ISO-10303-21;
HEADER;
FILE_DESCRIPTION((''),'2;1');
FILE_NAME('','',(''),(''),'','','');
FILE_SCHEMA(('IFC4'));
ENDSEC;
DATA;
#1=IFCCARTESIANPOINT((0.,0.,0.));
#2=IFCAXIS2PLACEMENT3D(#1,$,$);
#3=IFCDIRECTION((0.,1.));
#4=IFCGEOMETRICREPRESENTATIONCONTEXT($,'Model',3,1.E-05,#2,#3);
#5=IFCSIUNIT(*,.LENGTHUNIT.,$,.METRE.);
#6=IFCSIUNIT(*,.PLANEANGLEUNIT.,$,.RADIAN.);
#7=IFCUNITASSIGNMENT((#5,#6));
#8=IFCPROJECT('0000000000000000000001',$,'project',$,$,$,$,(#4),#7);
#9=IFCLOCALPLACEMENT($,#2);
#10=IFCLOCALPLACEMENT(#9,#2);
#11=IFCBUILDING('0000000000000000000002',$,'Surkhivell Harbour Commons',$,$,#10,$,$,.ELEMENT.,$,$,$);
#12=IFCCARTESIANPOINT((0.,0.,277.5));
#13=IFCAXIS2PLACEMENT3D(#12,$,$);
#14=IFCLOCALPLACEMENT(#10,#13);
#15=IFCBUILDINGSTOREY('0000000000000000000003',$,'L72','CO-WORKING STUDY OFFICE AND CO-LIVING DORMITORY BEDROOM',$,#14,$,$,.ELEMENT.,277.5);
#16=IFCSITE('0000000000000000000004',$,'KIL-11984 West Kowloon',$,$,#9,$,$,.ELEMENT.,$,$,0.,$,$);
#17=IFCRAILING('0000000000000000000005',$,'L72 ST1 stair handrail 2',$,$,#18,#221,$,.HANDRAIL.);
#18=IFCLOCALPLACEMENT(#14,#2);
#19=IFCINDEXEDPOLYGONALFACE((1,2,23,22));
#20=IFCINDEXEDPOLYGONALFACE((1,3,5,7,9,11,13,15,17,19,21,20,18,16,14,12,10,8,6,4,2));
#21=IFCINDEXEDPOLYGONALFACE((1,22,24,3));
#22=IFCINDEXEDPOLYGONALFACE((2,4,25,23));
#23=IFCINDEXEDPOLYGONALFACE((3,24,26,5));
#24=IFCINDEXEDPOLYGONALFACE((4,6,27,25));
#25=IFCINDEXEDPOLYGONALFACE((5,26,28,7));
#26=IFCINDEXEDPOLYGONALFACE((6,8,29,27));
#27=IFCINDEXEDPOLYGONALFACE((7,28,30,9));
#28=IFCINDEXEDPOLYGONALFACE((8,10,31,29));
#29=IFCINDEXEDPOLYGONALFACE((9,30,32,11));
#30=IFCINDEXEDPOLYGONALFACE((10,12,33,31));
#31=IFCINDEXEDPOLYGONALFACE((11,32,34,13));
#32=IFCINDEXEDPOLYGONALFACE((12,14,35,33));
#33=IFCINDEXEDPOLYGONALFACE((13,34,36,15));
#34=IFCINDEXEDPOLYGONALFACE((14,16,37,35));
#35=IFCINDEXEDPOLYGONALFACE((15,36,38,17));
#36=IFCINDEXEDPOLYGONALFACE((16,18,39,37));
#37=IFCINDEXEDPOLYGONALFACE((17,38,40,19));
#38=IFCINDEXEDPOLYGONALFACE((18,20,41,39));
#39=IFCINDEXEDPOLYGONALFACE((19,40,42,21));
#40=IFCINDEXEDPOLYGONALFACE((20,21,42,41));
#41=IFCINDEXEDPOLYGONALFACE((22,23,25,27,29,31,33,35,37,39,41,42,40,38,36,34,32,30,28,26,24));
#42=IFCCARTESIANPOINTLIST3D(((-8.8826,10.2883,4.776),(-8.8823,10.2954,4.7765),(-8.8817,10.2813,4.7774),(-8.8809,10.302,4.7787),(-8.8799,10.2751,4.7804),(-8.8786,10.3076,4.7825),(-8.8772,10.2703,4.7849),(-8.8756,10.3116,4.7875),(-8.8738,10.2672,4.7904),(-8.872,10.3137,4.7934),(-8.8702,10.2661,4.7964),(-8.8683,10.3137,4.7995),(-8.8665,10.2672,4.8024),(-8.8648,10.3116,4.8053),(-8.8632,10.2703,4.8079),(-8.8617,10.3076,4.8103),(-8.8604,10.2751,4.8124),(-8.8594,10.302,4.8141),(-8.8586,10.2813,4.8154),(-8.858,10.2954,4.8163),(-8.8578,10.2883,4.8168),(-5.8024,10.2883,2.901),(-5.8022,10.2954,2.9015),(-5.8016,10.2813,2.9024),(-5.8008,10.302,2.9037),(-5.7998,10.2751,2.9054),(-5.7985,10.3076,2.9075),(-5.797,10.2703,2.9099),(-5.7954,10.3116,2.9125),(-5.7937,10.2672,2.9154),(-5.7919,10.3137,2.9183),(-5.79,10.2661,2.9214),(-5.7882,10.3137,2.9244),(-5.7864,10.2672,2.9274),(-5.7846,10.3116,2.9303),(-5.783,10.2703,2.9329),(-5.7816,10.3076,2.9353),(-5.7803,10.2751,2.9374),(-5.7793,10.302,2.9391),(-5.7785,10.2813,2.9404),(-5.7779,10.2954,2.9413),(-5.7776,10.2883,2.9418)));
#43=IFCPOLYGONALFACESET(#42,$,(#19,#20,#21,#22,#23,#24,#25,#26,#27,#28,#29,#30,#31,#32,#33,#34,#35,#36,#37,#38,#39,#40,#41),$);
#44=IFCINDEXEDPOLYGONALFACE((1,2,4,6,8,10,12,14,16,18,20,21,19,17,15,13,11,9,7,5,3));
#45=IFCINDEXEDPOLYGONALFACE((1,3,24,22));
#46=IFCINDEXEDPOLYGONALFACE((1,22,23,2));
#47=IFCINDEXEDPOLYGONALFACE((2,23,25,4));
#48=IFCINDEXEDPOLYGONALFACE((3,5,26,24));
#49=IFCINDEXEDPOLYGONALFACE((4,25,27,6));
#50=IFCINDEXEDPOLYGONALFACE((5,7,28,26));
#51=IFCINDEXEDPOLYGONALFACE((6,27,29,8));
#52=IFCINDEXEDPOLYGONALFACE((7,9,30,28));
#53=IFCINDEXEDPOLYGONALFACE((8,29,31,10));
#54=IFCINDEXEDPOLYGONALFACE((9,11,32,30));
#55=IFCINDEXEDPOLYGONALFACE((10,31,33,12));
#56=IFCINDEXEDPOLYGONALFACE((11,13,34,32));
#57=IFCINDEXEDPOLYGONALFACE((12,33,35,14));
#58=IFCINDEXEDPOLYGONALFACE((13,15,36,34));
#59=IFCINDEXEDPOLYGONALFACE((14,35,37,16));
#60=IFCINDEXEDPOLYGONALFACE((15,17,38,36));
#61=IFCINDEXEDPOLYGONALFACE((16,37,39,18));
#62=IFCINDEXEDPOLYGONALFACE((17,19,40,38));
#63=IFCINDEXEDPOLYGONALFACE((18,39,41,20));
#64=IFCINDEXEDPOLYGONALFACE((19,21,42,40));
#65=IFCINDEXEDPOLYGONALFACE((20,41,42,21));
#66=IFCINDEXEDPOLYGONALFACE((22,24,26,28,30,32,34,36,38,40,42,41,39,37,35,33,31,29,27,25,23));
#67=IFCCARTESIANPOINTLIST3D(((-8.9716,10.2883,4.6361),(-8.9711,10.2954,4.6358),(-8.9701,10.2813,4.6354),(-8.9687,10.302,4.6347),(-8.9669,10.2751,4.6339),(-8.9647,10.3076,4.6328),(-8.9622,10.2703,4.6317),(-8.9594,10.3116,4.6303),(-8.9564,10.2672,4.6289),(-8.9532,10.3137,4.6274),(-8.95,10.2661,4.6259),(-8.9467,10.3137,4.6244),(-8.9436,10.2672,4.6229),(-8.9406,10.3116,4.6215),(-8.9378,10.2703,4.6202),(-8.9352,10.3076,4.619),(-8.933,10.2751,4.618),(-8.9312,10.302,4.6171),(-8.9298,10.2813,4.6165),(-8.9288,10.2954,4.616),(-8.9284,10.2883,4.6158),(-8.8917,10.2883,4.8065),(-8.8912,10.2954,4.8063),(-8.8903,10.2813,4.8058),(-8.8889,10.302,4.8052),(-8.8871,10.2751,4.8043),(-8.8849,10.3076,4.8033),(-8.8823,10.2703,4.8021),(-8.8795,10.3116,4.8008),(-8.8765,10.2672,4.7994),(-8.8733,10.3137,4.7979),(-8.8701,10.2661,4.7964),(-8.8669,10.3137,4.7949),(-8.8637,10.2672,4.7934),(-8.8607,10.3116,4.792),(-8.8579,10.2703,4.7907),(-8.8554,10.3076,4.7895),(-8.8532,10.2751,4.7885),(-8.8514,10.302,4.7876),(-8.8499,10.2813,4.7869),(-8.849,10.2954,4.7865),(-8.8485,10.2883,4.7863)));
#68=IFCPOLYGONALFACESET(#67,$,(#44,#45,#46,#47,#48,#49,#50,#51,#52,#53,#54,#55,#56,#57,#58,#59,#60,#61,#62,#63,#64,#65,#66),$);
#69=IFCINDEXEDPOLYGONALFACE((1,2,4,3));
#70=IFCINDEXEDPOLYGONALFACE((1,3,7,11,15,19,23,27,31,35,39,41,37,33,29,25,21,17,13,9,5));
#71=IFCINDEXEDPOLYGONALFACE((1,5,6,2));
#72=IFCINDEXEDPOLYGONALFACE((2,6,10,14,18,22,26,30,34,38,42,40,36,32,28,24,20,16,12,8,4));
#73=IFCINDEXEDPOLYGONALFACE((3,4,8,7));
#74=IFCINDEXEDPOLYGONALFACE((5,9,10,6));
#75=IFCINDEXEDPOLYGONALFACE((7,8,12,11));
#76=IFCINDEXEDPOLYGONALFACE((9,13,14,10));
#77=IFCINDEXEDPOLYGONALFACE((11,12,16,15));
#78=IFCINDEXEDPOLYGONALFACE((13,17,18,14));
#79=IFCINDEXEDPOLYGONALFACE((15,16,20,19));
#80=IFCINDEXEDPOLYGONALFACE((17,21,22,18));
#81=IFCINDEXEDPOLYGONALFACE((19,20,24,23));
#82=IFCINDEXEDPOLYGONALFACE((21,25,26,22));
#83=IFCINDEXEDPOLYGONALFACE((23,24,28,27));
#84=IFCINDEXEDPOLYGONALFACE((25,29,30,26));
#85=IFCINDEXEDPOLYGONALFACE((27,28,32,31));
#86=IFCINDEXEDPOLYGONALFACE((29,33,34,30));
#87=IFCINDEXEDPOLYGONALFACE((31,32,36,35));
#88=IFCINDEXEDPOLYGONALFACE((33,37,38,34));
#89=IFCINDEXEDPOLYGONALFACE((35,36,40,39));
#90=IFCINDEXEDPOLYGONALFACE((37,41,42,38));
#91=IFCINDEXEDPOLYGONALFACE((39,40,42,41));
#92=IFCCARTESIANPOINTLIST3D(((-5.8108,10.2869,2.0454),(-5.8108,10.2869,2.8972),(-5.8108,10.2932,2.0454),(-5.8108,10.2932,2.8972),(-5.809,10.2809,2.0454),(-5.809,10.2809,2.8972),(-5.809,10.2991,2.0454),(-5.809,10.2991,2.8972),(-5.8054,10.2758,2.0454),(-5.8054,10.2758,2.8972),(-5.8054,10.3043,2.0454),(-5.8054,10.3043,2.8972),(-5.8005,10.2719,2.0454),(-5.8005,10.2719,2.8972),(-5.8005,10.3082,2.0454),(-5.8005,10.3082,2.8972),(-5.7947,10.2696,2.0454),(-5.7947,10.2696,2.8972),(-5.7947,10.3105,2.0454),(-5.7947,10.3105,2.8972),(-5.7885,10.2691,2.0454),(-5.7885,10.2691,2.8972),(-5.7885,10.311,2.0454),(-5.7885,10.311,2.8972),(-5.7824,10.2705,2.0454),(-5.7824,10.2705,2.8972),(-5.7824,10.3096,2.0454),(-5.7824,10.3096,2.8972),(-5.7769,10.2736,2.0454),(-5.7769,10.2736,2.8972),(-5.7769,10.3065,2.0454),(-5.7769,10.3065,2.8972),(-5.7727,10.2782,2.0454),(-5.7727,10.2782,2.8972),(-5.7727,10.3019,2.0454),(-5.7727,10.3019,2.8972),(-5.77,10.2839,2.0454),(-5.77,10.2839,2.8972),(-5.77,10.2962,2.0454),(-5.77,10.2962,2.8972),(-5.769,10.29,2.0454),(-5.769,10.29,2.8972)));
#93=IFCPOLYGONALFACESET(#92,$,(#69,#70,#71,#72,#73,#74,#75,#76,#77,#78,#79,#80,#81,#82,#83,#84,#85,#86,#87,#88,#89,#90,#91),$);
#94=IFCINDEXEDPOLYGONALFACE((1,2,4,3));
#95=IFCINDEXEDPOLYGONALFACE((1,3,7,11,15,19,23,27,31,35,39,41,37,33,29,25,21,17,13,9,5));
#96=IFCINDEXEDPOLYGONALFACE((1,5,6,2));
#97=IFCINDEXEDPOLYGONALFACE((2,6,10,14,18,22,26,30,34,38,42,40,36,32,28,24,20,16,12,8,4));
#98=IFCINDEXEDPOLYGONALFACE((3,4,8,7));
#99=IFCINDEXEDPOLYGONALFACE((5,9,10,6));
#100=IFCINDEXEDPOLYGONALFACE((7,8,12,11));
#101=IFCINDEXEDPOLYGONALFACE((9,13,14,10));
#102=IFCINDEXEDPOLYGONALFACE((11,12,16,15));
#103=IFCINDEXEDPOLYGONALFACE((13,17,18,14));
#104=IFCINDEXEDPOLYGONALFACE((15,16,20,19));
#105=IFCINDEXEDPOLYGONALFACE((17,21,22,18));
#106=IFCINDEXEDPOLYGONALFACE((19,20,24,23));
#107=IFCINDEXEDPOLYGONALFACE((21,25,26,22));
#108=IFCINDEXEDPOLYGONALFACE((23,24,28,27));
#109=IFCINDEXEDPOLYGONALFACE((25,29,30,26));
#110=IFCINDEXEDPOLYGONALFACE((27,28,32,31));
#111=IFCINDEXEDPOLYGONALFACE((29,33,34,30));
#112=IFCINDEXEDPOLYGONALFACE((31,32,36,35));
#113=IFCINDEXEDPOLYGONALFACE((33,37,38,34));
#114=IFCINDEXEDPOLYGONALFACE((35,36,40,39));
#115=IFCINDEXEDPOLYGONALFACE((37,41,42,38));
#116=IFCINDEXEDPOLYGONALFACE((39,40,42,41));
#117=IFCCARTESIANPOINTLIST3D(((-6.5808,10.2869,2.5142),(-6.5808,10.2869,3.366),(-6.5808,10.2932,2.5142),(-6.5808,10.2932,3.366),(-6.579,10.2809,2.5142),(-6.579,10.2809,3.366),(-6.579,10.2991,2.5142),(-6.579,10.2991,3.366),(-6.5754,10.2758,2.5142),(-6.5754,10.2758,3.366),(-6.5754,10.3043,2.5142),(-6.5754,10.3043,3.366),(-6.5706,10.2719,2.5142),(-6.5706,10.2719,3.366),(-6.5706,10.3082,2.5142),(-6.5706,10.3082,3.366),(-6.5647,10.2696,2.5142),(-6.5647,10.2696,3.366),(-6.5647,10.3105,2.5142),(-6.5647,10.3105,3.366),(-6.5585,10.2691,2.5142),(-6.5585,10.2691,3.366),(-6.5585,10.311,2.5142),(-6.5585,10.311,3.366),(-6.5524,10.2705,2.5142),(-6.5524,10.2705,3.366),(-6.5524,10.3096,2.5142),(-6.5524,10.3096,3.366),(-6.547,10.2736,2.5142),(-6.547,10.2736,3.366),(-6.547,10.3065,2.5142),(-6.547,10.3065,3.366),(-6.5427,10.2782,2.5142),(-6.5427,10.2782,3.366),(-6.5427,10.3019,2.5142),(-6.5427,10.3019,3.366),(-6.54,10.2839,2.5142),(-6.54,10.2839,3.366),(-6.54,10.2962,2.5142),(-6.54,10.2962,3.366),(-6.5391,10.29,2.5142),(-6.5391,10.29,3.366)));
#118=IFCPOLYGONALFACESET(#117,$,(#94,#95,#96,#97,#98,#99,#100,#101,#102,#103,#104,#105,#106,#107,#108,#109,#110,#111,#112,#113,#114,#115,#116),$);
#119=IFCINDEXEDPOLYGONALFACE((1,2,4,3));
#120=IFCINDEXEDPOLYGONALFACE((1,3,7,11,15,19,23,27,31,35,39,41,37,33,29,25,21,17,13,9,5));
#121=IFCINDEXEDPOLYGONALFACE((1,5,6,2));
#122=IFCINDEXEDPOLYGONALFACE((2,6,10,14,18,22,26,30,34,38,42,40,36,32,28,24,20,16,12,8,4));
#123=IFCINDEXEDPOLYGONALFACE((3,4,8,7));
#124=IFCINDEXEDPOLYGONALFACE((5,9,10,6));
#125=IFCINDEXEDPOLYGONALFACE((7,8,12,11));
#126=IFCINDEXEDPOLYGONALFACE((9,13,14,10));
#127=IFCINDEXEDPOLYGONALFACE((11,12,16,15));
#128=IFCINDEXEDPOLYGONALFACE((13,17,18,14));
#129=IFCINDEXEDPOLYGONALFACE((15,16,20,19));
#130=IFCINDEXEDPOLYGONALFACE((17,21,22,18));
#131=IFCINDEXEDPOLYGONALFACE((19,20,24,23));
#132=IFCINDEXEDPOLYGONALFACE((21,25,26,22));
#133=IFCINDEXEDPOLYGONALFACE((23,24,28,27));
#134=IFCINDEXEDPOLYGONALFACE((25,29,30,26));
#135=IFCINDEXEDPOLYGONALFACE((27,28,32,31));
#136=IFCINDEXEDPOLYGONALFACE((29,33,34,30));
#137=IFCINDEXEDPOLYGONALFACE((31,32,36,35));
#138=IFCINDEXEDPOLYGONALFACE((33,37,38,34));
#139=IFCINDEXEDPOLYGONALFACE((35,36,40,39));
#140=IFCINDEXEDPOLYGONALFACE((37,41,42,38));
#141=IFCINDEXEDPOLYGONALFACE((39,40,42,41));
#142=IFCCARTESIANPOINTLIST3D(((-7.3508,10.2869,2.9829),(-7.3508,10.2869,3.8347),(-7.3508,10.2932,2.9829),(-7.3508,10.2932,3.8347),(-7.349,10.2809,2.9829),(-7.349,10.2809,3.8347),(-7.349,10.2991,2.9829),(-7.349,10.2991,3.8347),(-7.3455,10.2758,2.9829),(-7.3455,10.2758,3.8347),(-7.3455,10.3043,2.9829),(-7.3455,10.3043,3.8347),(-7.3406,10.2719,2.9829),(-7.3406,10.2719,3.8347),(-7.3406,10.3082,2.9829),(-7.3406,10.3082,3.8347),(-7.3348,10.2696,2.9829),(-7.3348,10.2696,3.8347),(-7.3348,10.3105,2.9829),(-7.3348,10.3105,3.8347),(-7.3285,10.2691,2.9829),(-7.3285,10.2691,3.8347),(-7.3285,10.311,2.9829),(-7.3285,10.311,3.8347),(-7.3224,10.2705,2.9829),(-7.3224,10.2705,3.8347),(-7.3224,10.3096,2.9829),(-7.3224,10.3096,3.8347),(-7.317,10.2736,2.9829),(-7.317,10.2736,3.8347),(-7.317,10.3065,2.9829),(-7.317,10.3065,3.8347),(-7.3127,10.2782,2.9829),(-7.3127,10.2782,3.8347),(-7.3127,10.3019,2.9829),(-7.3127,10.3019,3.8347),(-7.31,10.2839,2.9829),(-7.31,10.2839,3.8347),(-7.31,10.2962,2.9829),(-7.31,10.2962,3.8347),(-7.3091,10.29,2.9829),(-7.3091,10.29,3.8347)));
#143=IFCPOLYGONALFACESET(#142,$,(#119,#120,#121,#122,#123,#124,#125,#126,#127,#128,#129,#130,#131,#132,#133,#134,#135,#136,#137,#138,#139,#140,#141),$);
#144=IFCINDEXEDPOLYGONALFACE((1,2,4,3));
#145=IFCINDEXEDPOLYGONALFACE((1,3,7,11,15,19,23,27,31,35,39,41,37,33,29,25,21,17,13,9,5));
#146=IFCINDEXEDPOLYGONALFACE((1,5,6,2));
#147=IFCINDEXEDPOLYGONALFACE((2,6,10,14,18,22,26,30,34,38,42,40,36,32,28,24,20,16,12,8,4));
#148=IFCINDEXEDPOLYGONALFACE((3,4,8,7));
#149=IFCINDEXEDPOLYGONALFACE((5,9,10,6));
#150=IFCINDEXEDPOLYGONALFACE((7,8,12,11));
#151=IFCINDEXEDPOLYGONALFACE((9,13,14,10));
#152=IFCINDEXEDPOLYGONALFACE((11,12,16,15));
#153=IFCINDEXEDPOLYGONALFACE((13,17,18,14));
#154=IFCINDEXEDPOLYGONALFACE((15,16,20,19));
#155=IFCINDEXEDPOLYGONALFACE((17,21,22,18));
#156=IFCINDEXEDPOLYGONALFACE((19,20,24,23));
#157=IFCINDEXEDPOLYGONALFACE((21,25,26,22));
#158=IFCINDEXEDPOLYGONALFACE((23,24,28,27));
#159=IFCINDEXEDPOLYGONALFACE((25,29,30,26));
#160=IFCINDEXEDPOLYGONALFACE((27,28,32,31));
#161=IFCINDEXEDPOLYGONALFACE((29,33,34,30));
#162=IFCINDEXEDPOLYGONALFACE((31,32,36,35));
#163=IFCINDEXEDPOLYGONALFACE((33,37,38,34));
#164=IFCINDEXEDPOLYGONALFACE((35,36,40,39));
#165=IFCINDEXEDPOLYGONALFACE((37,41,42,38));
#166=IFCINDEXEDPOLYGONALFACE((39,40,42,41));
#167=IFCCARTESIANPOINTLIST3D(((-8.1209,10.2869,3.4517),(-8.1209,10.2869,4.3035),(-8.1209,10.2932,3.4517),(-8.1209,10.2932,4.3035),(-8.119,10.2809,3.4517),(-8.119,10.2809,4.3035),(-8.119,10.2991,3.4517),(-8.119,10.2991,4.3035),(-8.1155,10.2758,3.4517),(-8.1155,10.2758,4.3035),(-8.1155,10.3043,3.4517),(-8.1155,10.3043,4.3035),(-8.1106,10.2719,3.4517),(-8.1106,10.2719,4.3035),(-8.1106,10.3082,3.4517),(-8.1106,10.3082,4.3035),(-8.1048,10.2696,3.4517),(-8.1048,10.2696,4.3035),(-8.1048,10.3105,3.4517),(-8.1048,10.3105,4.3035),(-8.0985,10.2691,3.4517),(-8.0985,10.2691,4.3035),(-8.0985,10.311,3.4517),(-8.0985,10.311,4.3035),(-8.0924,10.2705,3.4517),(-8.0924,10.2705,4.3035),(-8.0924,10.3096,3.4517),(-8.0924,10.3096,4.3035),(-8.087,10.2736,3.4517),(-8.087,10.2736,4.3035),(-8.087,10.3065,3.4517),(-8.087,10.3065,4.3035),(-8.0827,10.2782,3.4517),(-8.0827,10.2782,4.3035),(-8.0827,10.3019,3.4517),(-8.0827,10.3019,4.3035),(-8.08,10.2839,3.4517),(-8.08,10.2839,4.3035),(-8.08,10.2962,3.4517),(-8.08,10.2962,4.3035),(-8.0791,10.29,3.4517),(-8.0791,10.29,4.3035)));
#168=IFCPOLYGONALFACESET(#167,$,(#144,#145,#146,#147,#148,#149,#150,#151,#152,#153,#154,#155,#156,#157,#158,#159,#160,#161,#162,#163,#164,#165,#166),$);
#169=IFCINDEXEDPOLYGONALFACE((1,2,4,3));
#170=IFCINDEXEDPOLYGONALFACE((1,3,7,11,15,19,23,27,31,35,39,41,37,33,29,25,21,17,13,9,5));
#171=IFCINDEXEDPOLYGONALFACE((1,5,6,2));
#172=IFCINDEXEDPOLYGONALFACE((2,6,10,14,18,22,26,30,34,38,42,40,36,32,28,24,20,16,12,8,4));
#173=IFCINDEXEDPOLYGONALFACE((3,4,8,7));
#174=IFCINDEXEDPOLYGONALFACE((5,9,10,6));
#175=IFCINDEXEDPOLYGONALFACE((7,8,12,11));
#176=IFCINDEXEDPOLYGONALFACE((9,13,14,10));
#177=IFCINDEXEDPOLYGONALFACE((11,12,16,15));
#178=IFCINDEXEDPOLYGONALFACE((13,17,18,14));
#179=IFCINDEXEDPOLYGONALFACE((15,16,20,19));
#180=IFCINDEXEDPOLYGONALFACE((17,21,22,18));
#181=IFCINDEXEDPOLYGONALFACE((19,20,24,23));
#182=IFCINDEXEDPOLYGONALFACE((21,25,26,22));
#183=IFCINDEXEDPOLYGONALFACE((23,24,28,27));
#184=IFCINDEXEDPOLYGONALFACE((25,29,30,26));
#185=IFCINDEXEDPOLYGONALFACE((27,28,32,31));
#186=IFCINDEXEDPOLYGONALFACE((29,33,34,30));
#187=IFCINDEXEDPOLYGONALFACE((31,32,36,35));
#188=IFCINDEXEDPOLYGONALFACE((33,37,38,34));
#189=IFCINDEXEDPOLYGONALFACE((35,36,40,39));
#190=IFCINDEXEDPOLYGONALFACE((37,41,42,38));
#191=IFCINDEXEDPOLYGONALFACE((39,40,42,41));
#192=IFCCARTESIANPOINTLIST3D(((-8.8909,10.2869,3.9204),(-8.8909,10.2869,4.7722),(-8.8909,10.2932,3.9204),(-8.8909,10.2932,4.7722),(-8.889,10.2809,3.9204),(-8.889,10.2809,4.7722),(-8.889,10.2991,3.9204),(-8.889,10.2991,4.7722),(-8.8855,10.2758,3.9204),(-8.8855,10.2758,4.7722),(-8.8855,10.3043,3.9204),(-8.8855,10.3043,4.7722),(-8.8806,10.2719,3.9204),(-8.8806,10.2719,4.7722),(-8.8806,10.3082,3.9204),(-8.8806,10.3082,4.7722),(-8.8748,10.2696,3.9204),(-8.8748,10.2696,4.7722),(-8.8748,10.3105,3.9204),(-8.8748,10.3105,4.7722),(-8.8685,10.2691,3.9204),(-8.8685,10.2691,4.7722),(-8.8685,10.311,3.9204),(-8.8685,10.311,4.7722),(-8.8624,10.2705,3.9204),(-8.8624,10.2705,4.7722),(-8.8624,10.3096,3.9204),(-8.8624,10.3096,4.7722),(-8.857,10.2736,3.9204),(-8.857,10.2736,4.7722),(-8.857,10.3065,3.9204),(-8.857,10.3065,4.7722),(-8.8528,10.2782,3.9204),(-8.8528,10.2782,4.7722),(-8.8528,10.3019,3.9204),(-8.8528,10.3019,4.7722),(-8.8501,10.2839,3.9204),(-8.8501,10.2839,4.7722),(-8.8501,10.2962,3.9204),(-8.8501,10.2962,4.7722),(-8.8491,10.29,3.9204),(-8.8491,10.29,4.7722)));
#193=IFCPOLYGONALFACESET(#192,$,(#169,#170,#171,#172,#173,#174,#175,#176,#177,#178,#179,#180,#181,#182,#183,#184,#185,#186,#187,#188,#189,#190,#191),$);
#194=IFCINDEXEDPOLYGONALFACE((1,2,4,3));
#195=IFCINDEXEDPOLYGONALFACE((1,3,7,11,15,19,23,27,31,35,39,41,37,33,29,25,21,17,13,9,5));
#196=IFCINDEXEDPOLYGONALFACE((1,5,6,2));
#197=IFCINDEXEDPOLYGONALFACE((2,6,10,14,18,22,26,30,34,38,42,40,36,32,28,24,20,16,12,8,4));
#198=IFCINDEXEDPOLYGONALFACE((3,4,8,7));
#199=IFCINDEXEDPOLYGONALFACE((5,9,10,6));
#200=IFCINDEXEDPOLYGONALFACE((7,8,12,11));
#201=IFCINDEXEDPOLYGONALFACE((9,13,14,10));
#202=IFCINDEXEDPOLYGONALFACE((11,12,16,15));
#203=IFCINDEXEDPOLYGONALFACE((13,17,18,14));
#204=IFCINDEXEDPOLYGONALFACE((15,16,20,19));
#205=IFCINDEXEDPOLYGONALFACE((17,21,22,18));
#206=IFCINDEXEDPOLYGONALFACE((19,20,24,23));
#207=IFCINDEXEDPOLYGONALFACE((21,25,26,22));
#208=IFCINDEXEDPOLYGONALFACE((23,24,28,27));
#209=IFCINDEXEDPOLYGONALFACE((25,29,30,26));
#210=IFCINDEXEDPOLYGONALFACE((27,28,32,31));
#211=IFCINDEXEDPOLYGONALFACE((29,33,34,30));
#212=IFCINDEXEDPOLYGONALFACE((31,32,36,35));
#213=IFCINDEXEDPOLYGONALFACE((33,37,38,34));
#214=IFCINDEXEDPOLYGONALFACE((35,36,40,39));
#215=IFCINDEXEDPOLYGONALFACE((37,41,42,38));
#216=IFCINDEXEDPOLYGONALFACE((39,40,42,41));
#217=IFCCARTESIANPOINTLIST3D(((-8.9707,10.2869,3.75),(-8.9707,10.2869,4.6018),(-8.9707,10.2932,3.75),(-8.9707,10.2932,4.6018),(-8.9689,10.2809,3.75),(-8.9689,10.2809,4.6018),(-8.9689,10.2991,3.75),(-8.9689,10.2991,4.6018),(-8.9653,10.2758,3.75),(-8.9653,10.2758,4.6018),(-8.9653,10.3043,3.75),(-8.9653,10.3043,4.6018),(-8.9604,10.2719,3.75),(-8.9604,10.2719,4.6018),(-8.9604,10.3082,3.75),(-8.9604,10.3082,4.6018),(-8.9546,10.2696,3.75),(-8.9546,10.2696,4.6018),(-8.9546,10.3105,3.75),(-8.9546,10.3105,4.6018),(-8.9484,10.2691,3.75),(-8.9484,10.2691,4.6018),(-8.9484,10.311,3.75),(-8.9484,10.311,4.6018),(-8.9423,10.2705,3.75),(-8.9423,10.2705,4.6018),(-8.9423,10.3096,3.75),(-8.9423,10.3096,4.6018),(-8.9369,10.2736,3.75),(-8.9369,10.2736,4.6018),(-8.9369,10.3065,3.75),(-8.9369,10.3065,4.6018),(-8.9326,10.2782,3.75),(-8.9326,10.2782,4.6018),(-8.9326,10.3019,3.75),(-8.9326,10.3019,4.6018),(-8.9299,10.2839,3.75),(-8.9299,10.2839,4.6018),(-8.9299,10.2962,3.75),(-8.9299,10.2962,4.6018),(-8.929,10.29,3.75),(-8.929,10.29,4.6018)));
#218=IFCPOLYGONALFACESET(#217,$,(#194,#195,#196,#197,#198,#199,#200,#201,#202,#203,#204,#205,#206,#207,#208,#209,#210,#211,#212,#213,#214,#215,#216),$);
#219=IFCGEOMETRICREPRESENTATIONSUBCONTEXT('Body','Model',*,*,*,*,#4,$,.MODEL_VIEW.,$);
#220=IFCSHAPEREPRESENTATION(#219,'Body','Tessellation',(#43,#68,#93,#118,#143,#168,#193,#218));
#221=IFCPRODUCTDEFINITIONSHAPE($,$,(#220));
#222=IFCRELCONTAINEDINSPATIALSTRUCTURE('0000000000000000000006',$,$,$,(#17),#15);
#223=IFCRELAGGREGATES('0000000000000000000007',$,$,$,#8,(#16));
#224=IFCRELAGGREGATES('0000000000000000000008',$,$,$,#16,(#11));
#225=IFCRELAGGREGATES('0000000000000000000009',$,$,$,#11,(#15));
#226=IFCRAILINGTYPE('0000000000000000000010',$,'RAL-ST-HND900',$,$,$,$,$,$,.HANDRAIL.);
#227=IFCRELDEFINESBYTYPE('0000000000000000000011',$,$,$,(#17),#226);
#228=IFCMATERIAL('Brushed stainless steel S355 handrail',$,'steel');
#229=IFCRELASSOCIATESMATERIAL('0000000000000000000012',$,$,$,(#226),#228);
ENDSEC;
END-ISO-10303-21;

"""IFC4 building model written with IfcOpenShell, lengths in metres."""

from ifc_helpers import new_model, si_unit, direction, frame, origin, origin_2d, place, context, subcontext, project, spatial, circle, extrude, material, type_object, element, save


model = new_model("IFC4")

# Units and contexts
model_context = context("Model", 3, precision=1e-05, world=origin(), true_north=direction((0.0, 1.0)))
body_context = subcontext(model_context, "Body", "Model", "MODEL_VIEW")
ifc_project = project(units=[si_unit("LENGTHUNIT", "METRE"), si_unit("PLANEANGLEUNIT", "RADIAN")], contexts=[model_context])

# Site, building, storey
site_placement = place(None, origin())
site = spatial("IfcSite", under=ifc_project, at=site_placement, Name="KIL-11984 West Kowloon", CompositionType="ELEMENT", RefElevation=0.0)
building_placement = place(site_placement, origin())
building = spatial("IfcBuilding", under=site, at=building_placement, Name="Surkhivell Harbour Commons", CompositionType="ELEMENT")
storey_placement = place(building_placement, frame((0.0, 0.0, 277.5)))
storey = spatial("IfcBuildingStorey", under=building, at=storey_placement, Name="L72", Description="CO-WORKING STUDY OFFICE AND CO-LIVING DORMITORY BEDROOM", CompositionType="ELEMENT", Elevation=277.5)

# Railing
ifc_material_1 = material(Name="Brushed stainless steel S355 handrail", Category="steel")
railing_type_1 = type_object("IfcRailingType", Name="RAL-ST-HND900", PredefinedType="HANDRAIL", material=ifc_material_1)
railing_1_placement = place(storey_placement, frame((-5.79, 10.29, 2.0454)))
element("IfcRailing", 1, at=railing_1_placement, inside=storey, type_object=railing_type_1, Name="L72 ST1 stair handrail 2", PredefinedType="HANDRAIL", context=body_context, shape_type="SweptSolid", body=[
    extrude(circle(Radius=0.0239, at=origin_2d()), frame((0.0, 0.0, 0.876), z_axis=(-0.854178, 0.0, 0.519981), x_axis=(0.0, -1.0, 0.0)), (0.0, 0.0, 1.0), 3.606),
    extrude(circle(Radius=0.0239, at=origin_2d()), frame((-3.0801, 0.0, 2.751), z_axis=(-0.424234, 0.0, -0.905552), x_axis=(0.0, -1.0, 0.0)), (0.0, 0.0, 1.0), 0.1882),
    extrude(circle(Radius=0.021, at=origin_2d()), origin(), (0.0, 0.0, 1.0), 0.8518),
    extrude(circle(Radius=0.021, at=origin_2d()), frame((-0.77, 0.0, 0.4688)), (0.0, 0.0, 1.0), 0.8518),
    extrude(circle(Radius=0.021, at=origin_2d()), frame((-1.54, 0.0, 0.9375)), (0.0, 0.0, 1.0), 0.8518),
    extrude(circle(Radius=0.021, at=origin_2d()), frame((-2.3101, 0.0, 1.4062)), (0.0, 0.0, 1.0), 0.8518),
    extrude(circle(Radius=0.021, at=origin_2d()), frame((-3.0801, 0.0, 1.875)), (0.0, 0.0, 1.0), 0.8518),
    extrude(circle(Radius=0.021, at=origin_2d()), frame((-3.1599, 0.0, 1.7046)), (0.0, 0.0, 1.0), 0.8518),
])

save(model, "model.ifc")
